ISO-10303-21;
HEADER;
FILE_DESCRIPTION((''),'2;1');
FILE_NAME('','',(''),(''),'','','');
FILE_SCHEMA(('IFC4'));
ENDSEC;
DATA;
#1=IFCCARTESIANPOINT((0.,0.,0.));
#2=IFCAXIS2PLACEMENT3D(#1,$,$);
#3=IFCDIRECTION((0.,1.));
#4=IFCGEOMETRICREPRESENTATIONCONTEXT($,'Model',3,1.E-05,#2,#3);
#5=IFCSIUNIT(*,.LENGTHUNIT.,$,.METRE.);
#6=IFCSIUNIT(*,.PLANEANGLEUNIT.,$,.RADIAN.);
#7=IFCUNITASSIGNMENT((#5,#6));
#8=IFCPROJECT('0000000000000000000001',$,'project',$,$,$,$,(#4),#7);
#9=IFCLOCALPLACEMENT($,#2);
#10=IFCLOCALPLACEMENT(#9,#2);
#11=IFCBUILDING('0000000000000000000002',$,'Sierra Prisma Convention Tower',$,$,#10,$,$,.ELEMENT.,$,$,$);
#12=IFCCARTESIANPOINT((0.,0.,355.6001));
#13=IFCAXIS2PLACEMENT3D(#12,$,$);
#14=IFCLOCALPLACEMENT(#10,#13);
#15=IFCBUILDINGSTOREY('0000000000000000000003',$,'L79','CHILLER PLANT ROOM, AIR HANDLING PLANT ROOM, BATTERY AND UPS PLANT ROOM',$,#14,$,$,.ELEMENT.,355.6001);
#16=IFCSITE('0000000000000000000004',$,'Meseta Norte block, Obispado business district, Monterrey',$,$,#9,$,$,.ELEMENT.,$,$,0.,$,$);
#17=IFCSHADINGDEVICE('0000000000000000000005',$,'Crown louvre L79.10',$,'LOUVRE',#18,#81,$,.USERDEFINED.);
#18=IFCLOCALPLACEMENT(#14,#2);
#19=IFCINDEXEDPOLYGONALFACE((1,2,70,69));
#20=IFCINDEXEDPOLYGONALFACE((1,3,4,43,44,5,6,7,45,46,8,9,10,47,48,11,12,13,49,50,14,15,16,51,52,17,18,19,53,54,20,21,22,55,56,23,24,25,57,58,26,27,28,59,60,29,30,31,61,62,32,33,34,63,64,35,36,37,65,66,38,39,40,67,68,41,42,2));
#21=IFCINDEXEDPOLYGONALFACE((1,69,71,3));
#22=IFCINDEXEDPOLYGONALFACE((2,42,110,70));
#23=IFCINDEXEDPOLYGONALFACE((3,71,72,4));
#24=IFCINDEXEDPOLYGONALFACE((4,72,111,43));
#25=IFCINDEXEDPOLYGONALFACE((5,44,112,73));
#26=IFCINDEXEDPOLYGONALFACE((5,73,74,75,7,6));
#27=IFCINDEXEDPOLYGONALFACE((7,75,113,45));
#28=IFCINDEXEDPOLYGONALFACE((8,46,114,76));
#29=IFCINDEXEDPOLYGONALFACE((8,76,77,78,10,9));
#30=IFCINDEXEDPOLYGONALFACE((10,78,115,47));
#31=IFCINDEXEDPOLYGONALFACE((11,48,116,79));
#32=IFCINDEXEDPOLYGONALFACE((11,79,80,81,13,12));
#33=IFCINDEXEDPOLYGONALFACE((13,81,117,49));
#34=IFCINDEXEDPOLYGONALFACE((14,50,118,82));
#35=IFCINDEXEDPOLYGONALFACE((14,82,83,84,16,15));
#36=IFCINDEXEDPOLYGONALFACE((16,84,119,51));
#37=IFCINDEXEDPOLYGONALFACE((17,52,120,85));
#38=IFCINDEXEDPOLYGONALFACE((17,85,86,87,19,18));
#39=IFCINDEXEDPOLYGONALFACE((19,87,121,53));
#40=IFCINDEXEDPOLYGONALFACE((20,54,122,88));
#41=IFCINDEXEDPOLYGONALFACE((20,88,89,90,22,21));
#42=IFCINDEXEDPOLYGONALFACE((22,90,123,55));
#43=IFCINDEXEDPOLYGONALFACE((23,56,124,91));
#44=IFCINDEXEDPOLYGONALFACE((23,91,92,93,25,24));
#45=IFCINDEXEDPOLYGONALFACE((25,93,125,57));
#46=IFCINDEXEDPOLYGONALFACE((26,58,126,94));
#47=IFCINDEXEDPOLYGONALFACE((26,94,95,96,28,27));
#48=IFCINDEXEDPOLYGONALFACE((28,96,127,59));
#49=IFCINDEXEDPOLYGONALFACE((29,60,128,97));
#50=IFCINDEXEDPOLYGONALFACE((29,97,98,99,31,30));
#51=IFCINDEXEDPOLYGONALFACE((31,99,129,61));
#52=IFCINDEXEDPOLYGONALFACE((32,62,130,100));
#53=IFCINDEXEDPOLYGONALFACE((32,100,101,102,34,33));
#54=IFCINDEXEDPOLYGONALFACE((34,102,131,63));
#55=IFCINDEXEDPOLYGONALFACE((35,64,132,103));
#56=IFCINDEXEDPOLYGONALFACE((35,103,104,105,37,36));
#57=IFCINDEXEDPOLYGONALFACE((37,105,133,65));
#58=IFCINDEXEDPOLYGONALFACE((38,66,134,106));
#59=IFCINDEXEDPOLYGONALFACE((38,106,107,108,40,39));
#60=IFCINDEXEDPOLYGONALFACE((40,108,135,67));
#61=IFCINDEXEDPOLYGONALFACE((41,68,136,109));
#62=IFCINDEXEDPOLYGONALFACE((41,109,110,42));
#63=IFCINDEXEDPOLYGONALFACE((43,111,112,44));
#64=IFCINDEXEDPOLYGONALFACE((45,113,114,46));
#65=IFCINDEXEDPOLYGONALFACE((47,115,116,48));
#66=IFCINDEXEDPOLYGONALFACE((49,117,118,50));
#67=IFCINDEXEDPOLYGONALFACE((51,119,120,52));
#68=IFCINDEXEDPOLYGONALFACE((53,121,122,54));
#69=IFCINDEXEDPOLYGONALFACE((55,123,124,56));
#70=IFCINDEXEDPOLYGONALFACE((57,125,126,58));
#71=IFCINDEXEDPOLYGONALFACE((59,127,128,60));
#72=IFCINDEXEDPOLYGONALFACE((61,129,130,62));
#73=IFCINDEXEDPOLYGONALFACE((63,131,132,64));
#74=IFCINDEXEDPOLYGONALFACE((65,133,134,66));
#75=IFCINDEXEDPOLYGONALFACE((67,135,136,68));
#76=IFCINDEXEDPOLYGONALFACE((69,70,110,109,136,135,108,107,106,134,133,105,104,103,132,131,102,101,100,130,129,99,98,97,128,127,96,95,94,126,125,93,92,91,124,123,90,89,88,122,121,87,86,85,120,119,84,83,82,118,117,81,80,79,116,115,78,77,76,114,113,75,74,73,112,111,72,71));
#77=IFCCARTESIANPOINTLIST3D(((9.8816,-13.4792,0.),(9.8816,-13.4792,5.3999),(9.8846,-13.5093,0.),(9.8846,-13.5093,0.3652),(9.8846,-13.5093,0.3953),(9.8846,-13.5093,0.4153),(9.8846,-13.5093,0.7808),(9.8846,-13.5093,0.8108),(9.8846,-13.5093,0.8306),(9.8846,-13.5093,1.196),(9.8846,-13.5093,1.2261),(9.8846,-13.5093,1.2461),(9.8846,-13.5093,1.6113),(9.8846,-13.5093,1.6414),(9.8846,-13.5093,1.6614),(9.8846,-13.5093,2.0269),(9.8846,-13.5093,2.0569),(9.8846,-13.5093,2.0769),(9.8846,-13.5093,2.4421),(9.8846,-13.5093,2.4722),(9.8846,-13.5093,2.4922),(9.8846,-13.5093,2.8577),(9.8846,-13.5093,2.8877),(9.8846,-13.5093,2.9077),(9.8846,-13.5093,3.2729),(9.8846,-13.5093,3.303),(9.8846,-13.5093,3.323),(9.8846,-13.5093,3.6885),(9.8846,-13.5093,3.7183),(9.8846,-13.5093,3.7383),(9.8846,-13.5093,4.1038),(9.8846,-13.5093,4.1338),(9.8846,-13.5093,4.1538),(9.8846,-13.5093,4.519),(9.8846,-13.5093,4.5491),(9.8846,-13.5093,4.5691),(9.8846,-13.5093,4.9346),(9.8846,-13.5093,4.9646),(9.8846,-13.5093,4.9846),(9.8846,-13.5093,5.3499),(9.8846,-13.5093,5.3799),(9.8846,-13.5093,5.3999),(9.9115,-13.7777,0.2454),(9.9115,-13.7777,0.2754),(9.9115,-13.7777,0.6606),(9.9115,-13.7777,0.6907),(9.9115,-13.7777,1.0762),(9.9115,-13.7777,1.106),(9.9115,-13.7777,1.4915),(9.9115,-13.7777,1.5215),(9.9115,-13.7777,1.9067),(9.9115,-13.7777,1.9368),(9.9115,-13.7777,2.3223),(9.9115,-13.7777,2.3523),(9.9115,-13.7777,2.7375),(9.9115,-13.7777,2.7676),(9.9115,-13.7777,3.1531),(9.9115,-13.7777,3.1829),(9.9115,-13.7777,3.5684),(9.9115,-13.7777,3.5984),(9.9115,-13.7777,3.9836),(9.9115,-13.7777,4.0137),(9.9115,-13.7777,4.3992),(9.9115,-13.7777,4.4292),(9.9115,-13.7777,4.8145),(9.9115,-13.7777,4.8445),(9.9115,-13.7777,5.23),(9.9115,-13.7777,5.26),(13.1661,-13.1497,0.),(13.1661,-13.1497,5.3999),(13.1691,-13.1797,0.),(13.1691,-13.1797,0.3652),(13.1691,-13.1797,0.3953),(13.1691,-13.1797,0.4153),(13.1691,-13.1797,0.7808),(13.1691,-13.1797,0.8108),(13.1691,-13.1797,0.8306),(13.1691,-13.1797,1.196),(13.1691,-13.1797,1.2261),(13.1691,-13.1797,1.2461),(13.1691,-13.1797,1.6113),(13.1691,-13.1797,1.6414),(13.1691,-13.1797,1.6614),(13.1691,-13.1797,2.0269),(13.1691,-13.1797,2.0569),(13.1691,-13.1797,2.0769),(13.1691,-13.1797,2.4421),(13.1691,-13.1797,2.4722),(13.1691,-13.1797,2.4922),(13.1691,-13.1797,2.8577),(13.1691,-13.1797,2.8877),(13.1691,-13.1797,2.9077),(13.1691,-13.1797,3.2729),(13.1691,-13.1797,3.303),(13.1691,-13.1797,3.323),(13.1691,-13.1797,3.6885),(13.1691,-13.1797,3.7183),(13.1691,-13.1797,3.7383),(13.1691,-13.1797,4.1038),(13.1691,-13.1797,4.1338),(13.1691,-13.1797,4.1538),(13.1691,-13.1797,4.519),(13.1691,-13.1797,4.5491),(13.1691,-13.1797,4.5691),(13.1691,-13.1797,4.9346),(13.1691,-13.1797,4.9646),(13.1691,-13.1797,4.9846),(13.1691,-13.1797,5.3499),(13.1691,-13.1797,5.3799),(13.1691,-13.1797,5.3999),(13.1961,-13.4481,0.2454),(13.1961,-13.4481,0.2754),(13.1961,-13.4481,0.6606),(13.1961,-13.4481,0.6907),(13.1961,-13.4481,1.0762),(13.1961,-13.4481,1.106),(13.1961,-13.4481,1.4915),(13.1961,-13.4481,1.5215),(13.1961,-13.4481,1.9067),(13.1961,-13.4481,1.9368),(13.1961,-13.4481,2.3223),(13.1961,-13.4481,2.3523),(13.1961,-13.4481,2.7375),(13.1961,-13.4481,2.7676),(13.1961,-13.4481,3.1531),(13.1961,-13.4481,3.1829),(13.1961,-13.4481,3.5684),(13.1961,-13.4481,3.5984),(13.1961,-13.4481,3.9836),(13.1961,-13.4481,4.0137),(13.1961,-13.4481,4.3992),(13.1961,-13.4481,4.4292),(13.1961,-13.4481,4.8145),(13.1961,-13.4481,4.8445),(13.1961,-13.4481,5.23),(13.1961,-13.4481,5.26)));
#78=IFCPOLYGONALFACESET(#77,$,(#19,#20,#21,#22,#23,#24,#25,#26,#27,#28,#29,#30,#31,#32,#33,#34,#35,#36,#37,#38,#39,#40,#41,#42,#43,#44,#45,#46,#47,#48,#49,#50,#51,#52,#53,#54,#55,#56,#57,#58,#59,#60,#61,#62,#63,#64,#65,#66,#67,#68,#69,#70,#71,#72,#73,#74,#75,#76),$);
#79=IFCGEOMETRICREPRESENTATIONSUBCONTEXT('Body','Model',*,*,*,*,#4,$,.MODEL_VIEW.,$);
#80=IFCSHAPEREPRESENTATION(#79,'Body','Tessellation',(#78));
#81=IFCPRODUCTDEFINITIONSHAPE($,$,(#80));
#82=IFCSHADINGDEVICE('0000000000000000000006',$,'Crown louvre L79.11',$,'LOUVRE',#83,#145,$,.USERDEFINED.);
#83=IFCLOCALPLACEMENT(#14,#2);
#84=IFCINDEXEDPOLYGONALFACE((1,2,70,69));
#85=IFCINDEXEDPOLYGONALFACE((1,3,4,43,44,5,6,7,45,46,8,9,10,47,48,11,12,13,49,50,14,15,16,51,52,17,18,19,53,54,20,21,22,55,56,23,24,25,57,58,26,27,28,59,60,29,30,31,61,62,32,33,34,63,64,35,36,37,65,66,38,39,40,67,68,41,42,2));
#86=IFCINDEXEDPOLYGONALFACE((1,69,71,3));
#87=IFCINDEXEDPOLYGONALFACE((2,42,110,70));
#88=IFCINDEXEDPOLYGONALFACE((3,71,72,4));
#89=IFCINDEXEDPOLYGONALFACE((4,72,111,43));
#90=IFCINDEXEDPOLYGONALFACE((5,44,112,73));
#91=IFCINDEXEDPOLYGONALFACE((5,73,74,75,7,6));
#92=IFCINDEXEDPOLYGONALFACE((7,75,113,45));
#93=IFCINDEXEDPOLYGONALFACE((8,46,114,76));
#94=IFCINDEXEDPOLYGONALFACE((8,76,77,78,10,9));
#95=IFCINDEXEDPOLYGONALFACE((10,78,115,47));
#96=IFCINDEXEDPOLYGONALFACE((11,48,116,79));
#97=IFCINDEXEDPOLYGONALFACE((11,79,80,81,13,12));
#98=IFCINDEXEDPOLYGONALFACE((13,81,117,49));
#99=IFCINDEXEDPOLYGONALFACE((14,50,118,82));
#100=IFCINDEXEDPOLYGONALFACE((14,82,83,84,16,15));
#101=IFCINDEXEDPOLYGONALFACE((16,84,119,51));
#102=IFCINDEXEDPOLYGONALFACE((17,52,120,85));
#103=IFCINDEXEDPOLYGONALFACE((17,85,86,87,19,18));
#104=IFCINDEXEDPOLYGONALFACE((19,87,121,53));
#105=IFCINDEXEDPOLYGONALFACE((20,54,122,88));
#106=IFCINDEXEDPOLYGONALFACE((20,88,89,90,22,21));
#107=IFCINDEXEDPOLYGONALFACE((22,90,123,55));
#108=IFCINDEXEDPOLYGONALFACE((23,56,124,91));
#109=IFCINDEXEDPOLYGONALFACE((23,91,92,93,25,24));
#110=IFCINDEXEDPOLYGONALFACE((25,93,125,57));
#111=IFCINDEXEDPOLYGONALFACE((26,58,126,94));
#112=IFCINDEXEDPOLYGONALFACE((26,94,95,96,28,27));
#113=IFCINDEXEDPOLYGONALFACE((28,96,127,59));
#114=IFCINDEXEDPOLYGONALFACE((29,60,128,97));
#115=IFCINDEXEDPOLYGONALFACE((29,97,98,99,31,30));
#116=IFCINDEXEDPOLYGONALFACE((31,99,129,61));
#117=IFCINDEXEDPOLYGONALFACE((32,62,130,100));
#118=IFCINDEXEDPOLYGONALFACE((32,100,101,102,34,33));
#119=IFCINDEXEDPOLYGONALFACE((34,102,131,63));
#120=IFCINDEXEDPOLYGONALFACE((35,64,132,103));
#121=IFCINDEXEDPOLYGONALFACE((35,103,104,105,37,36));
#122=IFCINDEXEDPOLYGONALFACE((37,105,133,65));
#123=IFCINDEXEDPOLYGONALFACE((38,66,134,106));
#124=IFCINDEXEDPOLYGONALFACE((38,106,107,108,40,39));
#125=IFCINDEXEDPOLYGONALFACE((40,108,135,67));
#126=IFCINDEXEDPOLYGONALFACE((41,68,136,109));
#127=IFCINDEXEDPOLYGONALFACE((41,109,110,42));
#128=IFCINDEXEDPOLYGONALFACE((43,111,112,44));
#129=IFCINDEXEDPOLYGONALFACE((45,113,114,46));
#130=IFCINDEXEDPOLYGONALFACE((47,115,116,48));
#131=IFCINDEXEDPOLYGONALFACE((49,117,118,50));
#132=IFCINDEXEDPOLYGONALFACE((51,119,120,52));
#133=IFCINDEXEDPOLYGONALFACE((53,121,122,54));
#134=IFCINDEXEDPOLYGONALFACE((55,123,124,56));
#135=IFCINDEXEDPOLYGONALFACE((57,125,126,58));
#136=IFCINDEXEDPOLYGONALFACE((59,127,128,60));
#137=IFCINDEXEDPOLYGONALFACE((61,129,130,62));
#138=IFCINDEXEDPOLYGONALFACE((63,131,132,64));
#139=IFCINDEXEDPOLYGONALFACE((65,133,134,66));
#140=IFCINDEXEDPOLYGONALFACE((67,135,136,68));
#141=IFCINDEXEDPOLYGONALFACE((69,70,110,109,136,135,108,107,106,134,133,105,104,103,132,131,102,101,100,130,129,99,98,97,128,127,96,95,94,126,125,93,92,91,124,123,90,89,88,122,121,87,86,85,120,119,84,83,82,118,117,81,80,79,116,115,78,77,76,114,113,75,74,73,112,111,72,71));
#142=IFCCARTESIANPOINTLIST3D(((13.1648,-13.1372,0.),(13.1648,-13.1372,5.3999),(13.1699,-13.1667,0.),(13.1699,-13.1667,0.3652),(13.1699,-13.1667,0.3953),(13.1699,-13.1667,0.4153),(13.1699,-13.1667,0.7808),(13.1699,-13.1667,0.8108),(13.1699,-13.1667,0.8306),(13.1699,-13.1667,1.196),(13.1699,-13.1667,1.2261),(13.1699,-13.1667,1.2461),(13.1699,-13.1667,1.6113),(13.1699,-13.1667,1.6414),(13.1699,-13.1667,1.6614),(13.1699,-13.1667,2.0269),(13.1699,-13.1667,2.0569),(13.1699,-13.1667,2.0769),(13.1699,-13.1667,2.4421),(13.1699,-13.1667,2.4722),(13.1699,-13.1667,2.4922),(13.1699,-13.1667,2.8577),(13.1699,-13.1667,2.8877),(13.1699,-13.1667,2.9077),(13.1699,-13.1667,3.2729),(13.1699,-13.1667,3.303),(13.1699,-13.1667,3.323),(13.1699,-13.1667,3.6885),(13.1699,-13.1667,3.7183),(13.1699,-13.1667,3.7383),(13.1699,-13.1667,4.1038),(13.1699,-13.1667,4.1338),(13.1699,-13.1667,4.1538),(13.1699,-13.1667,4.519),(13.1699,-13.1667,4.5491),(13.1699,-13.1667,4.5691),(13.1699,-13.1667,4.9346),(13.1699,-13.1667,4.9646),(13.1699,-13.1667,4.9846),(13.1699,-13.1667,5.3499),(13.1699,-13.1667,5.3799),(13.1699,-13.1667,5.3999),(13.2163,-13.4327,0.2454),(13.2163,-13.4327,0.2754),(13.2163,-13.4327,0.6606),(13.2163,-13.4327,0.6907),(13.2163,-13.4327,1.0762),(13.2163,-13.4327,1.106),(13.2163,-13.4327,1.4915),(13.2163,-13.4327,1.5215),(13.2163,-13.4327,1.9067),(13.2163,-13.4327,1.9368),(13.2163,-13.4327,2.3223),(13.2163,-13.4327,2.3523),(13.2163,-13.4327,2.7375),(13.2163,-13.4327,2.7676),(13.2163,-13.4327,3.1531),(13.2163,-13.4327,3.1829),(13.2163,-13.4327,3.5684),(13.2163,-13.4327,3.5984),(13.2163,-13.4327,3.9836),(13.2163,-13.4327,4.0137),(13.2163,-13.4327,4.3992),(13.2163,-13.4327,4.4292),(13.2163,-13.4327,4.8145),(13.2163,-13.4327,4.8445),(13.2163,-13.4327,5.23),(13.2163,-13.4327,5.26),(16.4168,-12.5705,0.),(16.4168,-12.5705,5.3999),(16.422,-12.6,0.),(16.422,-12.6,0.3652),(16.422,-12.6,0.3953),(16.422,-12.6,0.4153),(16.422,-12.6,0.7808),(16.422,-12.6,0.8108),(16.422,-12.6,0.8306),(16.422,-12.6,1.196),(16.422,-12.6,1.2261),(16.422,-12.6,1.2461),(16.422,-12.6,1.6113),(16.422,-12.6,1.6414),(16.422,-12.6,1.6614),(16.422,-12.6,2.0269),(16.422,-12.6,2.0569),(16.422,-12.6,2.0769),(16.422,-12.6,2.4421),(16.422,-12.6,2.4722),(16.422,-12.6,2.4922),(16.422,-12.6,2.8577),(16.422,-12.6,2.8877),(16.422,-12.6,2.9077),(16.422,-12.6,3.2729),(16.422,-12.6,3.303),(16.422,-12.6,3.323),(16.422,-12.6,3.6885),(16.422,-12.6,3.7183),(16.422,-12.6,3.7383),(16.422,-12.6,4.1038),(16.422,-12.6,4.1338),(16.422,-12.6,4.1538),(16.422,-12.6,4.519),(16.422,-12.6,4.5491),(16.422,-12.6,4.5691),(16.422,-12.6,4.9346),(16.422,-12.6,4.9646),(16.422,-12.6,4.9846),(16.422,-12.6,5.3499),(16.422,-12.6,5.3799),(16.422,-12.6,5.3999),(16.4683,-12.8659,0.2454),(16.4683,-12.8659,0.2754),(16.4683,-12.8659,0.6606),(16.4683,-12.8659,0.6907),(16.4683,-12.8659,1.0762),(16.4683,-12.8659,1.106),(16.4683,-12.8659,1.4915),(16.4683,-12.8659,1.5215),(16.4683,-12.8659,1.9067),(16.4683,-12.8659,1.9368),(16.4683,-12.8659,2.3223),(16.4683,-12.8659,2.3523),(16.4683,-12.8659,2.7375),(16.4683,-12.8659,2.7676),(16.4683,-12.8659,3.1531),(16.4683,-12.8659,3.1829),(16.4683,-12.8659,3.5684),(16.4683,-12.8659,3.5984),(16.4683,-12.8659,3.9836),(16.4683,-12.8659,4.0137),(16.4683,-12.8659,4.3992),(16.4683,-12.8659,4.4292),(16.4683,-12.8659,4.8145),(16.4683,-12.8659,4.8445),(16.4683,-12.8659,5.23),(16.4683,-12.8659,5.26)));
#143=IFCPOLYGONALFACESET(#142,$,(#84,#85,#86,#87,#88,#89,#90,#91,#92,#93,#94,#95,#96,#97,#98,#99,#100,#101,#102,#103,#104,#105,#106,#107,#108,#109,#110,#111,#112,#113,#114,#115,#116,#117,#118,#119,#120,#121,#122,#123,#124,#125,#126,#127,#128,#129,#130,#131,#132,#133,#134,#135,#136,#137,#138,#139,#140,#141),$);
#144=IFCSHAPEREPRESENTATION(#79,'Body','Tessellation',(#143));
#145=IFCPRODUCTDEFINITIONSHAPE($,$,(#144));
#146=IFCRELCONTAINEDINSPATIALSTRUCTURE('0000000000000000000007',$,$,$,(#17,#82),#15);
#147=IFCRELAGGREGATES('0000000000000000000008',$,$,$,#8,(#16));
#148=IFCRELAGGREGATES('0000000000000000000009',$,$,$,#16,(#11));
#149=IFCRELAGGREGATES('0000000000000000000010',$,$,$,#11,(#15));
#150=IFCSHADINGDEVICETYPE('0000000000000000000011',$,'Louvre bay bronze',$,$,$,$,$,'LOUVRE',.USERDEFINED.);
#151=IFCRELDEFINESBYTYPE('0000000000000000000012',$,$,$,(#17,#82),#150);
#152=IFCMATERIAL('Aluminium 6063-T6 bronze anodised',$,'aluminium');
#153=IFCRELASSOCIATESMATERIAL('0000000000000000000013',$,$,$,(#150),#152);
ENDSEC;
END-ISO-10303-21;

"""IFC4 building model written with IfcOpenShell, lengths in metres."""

from ifc_helpers import new_model, si_unit, direction, frame, origin, place, context, subcontext, project, spatial, polyline, outline, extrude, material, type_object, element, save


model = new_model("IFC4")

# Units and contexts
model_context = context("Model", 3, precision=1e-05, world=origin(), true_north=direction((0.0, 1.0)))
body_context = subcontext(model_context, "Body", "Model", "MODEL_VIEW")
ifc_project = project(units=[si_unit("LENGTHUNIT", "METRE"), si_unit("PLANEANGLEUNIT", "RADIAN")], contexts=[model_context])

# Site, building, storey
site_placement = place(None, origin())
site = spatial("IfcSite", under=ifc_project, at=site_placement, Name="Meseta Norte block, Obispado business district, Monterrey", CompositionType="ELEMENT", RefElevation=0.0)
building_placement = place(site_placement, origin())
building = spatial("IfcBuilding", under=site, at=building_placement, Name="Sierra Prisma Convention Tower", CompositionType="ELEMENT")
storey_placement = place(building_placement, frame((0.0, 0.0, 355.6001)))
storey = spatial("IfcBuildingStorey", under=building, at=storey_placement, Name="L79", Description="CHILLER PLANT ROOM, AIR HANDLING PLANT ROOM, BATTERY AND UPS PLANT ROOM", CompositionType="ELEMENT", Elevation=355.6001)

# Shading devices
ifc_material_1 = material(Name="Aluminium 6063-T6 bronze anodised", Category="aluminium")
shading_device_type = type_object("IfcShadingDeviceType", Name="Louvre bay bronze", ElementType="LOUVRE", PredefinedType="USERDEFINED", material=ifc_material_1)
shading_device_1_placement = place(storey_placement, frame((9.8816, -13.4792, 0.0), z_axis=(-0.995004, -0.099836, 0.0), x_axis=(0.0, 0.0, 1.0)))
element("IfcShadingDevice", 1, at=shading_device_1_placement, inside=storey, type_object=shading_device_type, Name="Crown louvre L79.10", ObjectType="LOUVRE", PredefinedType="USERDEFINED", context=body_context, shape_type="SweptSolid", body=[
    extrude(outline(polyline([(0.0, 0.0), (5.3999, 0.0), (5.3999, -0.0302), (5.3799, -0.0302), (5.26, -0.2999), (5.23, -0.2999), (5.3499, -0.0302), (4.9846, -0.0302), (4.9646, -0.0302), (4.8445, -0.2999), (4.8145, -0.2999), (4.9346, -0.0302), (4.5691, -0.0302), (4.5491, -0.0302), (4.4292, -0.2999), (4.3992, -0.2999), (4.519, -0.0302), (4.1538, -0.0302), (4.1338, -0.0302), (4.0137, -0.2999), (3.9836, -0.2999), (4.1038, -0.0302), (3.7383, -0.0302), (3.7183, -0.0302), (3.5984, -0.2999), (3.5684, -0.2999), (3.6885, -0.0302), (3.323, -0.0302), (3.303, -0.0302), (3.1829, -0.2999), (3.1531, -0.2999), (3.2729, -0.0302), (2.9077, -0.0302), (2.8877, -0.0302), (2.7676, -0.2999), (2.7375, -0.2999), (2.8577, -0.0302), (2.4922, -0.0302), (2.4722, -0.0302), (2.3523, -0.2999), (2.3223, -0.2999), (2.4421, -0.0302), (2.0769, -0.0302), (2.0569, -0.0302), (1.9368, -0.2999), (1.9067, -0.2999), (2.0269, -0.0302), (1.6614, -0.0302), (1.6414, -0.0302), (1.5215, -0.2999), (1.4915, -0.2999), (1.6113, -0.0302), (1.2461, -0.0302), (1.2261, -0.0302), (1.106, -0.2999), (1.0762, -0.2999), (1.196, -0.0302), (0.8306, -0.0302), (0.8108, -0.0302), (0.6907, -0.2999), (0.6606, -0.2999), (0.7808, -0.0302), (0.4153, -0.0302), (0.3953, -0.0302), (0.2754, -0.2999), (0.2454, -0.2999), (0.3652, -0.0302), (0.0, -0.0302), (0.0, 0.0)])), origin(), (0.0, 0.0, -1.0), 3.301),
])
shading_device_2_placement = place(storey_placement, frame((13.1648, -13.1372, 0.0), z_axis=(-0.985151, -0.171689, 0.0), x_axis=(0.0, 0.0, 1.0)))
element("IfcShadingDevice", 2, at=shading_device_2_placement, inside=storey, type_object=shading_device_type, Name="Crown louvre L79.11", ObjectType="LOUVRE", PredefinedType="USERDEFINED", context=body_context, shape_type="SweptSolid", body=[
    extrude(outline(polyline([(0.0, 0.0), (5.3999, 0.0), (5.3999, -0.03), (5.3799, -0.03), (5.26, -0.2999), (5.23, -0.2999), (5.3499, -0.03), (4.9846, -0.03), (4.9646, -0.03), (4.8445, -0.2999), (4.8145, -0.2999), (4.9346, -0.03), (4.5691, -0.03), (4.5491, -0.03), (4.4292, -0.2999), (4.3992, -0.2999), (4.519, -0.03), (4.1538, -0.03), (4.1338, -0.03), (4.0137, -0.2999), (3.9836, -0.2999), (4.1038, -0.03), (3.7383, -0.03), (3.7183, -0.03), (3.5984, -0.2999), (3.5684, -0.2999), (3.6885, -0.03), (3.323, -0.03), (3.303, -0.03), (3.1829, -0.2999), (3.1531, -0.2999), (3.2729, -0.03), (2.9077, -0.03), (2.8877, -0.03), (2.7676, -0.2999), (2.7375, -0.2999), (2.8577, -0.03), (2.4922, -0.03), (2.4722, -0.03), (2.3523, -0.2999), (2.3223, -0.2999), (2.4421, -0.03), (2.0769, -0.03), (2.0569, -0.03), (1.9368, -0.2999), (1.9067, -0.2999), (2.0269, -0.03), (1.6614, -0.03), (1.6414, -0.03), (1.5215, -0.2999), (1.4915, -0.2999), (1.6113, -0.03), (1.2461, -0.03), (1.2261, -0.03), (1.106, -0.2999), (1.0762, -0.2999), (1.196, -0.03), (0.8306, -0.03), (0.8108, -0.03), (0.6907, -0.2999), (0.6606, -0.2999), (0.7808, -0.03), (0.4153, -0.03), (0.3953, -0.03), (0.2754, -0.2999), (0.2454, -0.2999), (0.3652, -0.03), (0.0, -0.03), (0.0, 0.0)])), origin(), (0.0, 0.0, -1.0), 3.301),
])

save(model, "model.ifc")
